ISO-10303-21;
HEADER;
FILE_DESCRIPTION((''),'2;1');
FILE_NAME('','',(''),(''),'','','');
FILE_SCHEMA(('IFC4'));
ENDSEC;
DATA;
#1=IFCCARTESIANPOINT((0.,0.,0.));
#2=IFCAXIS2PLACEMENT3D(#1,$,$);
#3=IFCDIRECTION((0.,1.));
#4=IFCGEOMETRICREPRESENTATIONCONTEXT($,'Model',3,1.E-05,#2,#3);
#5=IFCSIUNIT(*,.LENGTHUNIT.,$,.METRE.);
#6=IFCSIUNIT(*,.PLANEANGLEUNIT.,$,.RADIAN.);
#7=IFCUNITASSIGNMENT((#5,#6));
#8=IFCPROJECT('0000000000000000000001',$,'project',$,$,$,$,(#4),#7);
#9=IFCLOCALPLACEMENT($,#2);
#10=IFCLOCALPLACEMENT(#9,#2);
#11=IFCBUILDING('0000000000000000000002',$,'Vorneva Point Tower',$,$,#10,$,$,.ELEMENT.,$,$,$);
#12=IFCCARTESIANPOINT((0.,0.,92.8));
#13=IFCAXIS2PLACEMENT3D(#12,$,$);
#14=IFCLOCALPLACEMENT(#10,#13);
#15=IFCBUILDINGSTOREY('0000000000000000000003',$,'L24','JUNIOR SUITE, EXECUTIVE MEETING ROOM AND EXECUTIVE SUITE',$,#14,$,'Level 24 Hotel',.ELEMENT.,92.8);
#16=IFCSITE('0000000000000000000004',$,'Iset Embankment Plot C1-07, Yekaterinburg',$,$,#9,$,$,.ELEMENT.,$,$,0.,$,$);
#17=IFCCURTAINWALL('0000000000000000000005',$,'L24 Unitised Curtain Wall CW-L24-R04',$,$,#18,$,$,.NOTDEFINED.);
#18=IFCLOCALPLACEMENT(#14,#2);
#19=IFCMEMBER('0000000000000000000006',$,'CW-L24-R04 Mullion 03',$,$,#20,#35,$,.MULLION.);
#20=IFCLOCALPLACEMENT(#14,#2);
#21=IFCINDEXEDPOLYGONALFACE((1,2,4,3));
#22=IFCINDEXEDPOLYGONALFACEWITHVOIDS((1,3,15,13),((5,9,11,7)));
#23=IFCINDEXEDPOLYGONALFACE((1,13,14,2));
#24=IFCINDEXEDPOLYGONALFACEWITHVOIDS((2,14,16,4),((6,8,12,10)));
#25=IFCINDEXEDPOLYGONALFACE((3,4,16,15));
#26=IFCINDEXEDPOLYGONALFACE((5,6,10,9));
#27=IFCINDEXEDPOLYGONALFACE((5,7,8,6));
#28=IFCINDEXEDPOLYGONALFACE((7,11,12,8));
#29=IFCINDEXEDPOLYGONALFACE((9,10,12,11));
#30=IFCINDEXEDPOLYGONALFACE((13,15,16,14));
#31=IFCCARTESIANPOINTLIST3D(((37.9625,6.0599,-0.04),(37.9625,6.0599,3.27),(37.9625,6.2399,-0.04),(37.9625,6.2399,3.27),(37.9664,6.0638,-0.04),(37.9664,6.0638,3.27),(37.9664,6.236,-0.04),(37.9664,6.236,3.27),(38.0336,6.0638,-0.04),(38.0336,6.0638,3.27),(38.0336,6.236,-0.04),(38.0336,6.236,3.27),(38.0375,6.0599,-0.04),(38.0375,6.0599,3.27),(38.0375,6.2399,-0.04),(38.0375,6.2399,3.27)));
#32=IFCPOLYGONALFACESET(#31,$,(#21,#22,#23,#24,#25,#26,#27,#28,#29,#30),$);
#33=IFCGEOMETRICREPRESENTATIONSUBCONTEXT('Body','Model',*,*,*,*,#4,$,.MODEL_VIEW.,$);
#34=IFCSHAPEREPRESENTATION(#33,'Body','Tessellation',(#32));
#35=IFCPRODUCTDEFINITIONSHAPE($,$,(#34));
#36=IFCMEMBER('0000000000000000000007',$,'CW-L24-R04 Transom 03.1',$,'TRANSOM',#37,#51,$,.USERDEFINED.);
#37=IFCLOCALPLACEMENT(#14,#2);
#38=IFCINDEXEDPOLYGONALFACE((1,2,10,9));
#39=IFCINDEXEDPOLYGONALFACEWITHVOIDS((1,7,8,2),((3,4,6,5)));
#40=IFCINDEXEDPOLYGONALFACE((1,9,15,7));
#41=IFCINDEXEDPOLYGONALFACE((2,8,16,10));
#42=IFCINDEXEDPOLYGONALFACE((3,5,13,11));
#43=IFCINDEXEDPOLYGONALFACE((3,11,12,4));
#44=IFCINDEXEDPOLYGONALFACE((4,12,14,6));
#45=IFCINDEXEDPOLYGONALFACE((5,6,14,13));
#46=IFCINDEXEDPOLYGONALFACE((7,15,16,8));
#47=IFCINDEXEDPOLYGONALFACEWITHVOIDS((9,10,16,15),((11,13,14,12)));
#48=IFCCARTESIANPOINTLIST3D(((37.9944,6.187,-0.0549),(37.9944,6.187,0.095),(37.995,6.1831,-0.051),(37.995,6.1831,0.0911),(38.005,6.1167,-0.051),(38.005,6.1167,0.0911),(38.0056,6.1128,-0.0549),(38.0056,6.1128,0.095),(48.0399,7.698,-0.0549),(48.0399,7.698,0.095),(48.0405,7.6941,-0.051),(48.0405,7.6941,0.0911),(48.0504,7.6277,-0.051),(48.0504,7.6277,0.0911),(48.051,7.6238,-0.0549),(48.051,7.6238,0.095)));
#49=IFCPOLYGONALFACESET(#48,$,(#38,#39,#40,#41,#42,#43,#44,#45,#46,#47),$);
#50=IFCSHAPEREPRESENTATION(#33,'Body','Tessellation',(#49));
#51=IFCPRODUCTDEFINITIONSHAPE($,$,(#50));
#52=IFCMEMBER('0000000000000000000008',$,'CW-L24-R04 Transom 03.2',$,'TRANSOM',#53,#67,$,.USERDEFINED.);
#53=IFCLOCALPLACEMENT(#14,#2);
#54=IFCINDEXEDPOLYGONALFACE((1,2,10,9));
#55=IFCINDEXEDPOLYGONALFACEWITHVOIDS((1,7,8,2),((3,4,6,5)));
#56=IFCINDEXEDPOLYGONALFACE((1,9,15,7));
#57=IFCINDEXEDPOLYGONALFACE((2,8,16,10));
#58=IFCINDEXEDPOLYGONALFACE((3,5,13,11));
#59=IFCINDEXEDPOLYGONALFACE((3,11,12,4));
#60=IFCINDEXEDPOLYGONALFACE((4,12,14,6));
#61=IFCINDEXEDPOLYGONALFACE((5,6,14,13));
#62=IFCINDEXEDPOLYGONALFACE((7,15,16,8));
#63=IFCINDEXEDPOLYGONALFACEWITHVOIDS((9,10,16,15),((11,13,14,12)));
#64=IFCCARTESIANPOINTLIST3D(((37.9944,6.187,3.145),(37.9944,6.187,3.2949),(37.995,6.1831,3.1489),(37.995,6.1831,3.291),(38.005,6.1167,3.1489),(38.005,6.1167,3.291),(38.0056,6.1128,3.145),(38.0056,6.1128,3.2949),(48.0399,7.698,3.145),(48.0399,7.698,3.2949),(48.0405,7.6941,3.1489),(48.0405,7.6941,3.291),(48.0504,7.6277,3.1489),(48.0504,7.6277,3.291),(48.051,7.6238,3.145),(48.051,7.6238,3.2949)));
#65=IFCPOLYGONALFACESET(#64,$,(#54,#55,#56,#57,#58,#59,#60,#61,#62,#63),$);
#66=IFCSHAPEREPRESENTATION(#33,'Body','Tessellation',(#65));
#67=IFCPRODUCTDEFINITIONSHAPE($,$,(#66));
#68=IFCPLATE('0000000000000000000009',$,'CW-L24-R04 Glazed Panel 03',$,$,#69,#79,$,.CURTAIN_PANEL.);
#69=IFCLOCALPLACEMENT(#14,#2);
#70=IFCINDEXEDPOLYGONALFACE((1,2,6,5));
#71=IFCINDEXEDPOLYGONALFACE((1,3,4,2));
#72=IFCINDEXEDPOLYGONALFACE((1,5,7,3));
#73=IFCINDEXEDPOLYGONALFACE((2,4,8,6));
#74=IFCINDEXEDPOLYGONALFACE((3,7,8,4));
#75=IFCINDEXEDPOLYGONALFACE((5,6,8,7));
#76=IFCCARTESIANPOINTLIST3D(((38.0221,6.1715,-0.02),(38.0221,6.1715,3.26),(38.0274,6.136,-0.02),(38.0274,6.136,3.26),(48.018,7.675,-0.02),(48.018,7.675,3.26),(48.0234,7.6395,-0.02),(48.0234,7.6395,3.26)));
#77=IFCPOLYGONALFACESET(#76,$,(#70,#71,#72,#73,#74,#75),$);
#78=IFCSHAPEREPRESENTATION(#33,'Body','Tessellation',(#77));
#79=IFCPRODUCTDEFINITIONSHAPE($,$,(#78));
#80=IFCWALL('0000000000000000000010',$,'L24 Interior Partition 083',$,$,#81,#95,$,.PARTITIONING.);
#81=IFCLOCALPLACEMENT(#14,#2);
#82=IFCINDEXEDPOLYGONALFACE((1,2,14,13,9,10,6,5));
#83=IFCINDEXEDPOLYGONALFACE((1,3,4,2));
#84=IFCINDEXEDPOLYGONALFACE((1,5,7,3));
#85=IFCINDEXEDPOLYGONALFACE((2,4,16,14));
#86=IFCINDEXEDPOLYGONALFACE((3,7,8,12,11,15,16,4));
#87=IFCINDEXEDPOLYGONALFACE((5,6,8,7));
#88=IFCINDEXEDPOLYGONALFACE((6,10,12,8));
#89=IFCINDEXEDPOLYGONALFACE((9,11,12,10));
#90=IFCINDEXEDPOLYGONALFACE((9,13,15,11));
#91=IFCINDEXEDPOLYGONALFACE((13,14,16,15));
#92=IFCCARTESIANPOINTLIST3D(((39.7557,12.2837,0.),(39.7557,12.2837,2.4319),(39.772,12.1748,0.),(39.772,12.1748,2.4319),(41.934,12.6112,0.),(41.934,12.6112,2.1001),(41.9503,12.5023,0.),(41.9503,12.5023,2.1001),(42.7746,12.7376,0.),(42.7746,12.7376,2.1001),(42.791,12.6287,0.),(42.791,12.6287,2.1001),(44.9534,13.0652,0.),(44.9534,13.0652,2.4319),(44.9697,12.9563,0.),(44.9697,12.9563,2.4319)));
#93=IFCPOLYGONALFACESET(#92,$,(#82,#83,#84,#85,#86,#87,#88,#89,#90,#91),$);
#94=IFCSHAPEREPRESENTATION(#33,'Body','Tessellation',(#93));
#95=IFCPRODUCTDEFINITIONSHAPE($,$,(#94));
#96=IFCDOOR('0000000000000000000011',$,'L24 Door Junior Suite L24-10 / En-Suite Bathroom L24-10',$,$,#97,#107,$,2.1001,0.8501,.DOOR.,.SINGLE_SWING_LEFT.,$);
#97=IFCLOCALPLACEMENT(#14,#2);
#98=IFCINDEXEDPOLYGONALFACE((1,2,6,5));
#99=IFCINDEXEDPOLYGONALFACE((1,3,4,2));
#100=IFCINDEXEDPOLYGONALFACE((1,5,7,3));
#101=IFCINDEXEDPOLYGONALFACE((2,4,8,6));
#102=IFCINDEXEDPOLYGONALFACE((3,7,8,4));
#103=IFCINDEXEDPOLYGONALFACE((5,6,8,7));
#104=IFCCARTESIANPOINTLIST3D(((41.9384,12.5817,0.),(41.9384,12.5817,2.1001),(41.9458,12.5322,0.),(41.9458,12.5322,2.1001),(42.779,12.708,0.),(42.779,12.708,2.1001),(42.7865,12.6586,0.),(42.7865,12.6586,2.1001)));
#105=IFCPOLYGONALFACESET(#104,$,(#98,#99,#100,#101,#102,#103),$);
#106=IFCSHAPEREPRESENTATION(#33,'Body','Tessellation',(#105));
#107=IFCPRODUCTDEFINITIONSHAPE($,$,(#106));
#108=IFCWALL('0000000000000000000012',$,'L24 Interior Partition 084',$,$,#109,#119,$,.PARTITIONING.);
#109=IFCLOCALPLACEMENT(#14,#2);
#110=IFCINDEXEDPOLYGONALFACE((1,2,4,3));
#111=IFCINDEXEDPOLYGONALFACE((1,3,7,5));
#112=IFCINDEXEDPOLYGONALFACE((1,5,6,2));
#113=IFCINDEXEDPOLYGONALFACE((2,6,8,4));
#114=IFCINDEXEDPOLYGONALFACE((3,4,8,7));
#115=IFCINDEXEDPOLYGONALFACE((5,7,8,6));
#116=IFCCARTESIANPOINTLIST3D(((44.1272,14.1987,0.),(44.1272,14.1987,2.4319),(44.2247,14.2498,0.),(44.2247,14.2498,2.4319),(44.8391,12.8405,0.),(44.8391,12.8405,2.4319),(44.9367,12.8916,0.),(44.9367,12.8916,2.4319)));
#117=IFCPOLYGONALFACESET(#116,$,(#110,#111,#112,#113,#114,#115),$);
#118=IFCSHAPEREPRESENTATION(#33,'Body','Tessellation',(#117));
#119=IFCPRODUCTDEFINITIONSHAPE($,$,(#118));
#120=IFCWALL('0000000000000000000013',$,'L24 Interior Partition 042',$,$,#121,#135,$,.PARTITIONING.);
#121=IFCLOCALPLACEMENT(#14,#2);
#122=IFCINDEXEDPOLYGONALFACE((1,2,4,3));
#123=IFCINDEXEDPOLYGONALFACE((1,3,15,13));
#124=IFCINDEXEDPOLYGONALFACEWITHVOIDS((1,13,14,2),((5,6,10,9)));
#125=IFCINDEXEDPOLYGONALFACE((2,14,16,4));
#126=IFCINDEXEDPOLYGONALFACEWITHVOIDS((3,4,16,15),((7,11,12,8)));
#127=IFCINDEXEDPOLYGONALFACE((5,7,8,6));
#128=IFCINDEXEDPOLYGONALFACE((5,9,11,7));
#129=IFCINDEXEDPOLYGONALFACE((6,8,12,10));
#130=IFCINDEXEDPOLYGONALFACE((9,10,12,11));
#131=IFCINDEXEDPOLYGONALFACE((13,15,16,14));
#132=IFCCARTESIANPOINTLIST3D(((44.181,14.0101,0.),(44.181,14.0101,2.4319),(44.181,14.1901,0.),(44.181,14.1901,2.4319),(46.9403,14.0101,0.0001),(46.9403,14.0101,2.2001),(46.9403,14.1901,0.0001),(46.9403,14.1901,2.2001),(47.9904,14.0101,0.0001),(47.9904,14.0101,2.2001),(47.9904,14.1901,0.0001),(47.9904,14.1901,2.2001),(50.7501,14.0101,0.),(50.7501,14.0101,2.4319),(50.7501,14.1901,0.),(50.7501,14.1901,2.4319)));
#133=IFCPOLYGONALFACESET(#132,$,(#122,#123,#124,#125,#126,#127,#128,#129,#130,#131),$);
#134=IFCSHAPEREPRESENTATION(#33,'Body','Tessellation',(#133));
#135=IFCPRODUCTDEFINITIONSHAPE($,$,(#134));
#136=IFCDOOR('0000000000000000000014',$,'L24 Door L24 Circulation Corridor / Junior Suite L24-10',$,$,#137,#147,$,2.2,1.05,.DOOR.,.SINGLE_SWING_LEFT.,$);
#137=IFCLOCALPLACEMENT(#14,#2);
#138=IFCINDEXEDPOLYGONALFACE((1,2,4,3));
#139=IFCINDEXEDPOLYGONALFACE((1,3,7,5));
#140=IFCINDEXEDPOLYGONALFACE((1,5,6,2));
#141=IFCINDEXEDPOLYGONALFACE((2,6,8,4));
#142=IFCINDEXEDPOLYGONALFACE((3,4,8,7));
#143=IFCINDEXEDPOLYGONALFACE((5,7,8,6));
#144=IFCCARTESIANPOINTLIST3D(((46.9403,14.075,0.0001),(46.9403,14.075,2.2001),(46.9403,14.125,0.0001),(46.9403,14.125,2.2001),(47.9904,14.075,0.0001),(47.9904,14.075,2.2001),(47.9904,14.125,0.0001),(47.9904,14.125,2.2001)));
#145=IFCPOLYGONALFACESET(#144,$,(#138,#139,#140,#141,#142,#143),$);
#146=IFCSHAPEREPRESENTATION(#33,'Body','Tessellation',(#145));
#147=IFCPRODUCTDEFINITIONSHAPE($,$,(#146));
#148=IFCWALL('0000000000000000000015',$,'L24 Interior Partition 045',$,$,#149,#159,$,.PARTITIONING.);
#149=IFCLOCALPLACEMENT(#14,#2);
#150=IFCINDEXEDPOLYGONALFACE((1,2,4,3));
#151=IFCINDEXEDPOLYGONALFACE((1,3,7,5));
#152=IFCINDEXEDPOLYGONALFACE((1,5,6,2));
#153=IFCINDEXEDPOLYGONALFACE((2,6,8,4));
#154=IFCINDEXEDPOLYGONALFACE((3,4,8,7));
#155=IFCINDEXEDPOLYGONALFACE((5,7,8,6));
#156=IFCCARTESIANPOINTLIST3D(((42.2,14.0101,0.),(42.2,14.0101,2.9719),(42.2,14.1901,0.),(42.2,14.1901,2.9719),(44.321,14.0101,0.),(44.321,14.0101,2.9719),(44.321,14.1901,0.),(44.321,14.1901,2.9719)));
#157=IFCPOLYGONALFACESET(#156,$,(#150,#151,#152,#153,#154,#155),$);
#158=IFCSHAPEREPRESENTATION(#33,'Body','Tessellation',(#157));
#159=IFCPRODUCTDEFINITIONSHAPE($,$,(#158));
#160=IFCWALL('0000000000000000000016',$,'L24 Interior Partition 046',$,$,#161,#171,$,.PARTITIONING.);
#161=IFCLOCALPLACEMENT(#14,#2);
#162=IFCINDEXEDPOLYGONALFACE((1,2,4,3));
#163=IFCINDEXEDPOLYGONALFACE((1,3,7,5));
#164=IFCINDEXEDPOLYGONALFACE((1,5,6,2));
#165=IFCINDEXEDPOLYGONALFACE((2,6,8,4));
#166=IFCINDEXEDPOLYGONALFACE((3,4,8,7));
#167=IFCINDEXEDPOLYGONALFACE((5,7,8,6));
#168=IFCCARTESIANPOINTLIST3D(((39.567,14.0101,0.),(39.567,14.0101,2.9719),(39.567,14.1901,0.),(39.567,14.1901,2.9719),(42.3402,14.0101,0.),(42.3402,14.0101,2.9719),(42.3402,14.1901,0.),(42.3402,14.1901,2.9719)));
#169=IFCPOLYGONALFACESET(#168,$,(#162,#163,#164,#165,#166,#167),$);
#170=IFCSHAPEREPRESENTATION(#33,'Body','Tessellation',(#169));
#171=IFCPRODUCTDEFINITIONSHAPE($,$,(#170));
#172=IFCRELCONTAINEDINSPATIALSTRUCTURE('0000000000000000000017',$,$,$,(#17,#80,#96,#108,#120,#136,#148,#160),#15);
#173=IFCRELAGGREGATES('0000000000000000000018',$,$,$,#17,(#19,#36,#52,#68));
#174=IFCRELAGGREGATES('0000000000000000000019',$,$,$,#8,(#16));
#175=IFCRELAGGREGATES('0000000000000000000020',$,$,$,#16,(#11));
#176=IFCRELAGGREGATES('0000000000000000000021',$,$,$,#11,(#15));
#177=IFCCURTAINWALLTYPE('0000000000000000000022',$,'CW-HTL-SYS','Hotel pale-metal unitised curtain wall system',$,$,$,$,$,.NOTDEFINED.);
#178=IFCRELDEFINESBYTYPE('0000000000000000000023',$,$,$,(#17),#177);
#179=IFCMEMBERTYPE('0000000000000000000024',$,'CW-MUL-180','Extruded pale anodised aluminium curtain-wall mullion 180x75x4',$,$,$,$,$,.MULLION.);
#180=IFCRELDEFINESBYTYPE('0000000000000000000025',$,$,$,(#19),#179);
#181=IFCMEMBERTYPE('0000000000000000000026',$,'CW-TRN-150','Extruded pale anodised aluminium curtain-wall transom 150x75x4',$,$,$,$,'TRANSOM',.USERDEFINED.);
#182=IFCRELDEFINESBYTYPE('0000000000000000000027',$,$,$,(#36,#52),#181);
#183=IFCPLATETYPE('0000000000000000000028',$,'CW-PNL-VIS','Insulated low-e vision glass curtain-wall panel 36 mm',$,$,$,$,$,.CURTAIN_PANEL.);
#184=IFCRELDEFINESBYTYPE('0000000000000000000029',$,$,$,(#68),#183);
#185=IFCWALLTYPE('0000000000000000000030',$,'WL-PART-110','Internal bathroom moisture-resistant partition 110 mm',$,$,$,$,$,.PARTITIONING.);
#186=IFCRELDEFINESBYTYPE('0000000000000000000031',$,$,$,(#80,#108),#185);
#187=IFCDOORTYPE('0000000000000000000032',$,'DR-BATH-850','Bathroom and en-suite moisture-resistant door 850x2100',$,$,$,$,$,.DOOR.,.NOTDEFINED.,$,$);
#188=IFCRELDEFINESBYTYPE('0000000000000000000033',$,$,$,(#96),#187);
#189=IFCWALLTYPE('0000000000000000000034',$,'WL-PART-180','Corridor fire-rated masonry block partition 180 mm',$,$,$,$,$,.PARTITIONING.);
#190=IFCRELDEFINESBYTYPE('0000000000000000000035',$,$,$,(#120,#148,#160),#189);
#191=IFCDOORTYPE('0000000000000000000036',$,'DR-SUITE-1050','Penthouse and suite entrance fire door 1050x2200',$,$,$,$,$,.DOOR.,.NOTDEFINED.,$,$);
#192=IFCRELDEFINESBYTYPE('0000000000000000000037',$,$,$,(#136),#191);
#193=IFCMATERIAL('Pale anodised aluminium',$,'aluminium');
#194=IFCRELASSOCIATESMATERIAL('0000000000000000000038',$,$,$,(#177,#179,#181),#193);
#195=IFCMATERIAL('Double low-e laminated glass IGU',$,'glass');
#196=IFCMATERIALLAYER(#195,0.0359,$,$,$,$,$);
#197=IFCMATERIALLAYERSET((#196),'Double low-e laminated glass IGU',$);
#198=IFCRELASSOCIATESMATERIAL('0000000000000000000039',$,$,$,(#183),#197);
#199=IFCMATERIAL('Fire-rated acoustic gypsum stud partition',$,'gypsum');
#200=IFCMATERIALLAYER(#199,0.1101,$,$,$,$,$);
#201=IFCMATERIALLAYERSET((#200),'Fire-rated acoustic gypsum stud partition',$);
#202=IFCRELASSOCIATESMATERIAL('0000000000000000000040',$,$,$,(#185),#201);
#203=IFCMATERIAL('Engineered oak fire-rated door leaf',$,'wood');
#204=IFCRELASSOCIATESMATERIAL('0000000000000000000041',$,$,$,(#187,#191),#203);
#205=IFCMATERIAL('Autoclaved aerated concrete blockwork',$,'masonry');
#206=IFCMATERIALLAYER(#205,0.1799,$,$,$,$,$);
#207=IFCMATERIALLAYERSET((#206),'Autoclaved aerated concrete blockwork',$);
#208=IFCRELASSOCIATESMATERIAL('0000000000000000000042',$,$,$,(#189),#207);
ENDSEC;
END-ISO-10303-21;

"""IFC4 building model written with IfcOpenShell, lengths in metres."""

from ifc_helpers import new_model, si_unit, direction, frame, frame_2d, origin, origin_2d, place, context, subcontext, project, spatial, rectangle, hollow_rectangle, extrude, material, layer, layer_set, material_profile, profile_set, type_object, element, fill, aggregate, save


model = new_model("IFC4")

# Units and contexts
model_context = context("Model", 3, precision=1e-05, world=origin(), true_north=direction((0.0, 1.0)))
body_context = subcontext(model_context, "Body", "Model", "MODEL_VIEW")
ifc_project = project(units=[si_unit("LENGTHUNIT", "METRE"), si_unit("PLANEANGLEUNIT", "RADIAN")], contexts=[model_context])

# Site, building, storey
site_placement = place(None, origin())
site = spatial("IfcSite", under=ifc_project, at=site_placement, Name="Iset Embankment Plot C1-07, Yekaterinburg", CompositionType="ELEMENT", RefElevation=0.0)
building_placement = place(site_placement, origin())
building = spatial("IfcBuilding", under=site, at=building_placement, Name="Vorneva Point Tower", CompositionType="ELEMENT")
storey_placement = place(building_placement, frame((0.0, 0.0, 92.8)))
storey = spatial("IfcBuildingStorey", under=building, at=storey_placement, Name="L24", Description="JUNIOR SUITE, EXECUTIVE MEETING ROOM AND EXECUTIVE SUITE", LongName="Level 24 Hotel", CompositionType="ELEMENT", Elevation=92.8)

# Curtain wall, members, plate
ifc_material_1 = material(Name="Pale anodised aluminium", Category="aluminium")
curtain_wall_type = type_object("IfcCurtainWallType", Name="CW-HTL-SYS", Description="Hotel pale-metal unitised curtain wall system", PredefinedType="NOTDEFINED", material=ifc_material_1)
curtain_wall_placement = place(storey_placement, origin())
curtain_wall = element("IfcCurtainWall", 1, at=curtain_wall_placement, inside=storey, type_object=curtain_wall_type, Name="L24 Unitised Curtain Wall CW-L24-R04", PredefinedType="NOTDEFINED")
ifc_material_profile_1 = material_profile(ifc_material_1, hollow_rectangle(XDim=0.075, YDim=0.1799, WallThickness=0.0039, at=origin_2d()), Name="AL-MUL 180x75x4")
ifc_profile_set_1 = profile_set([ifc_material_profile_1], Name="Pale anodised aluminium")
member_type_1 = type_object("IfcMemberType", Name="CW-MUL-180", Description="Extruded pale anodised aluminium curtain-wall mullion 180x75x4", PredefinedType="MULLION", material=ifc_profile_set_1)
member_1_placement = place(storey_placement, frame((38.0, 6.1499, -0.04), z_axis=(0.0, 0.0, 1.0), x_axis=(1.0, 0.0, 0.0)))
member_1 = element("IfcMember", 2, at=member_1_placement, type_object=member_type_1, Name="CW-L24-R04 Mullion 03", PredefinedType="MULLION", context=body_context, shape_type="SweptSolid", body=[
    extrude(hollow_rectangle(XDim=0.075, YDim=0.1799, WallThickness=0.0039, at=origin_2d()), origin(), (0.0, 0.0, 1.0), 3.3101),
])
ifc_material_profile_2 = material_profile(ifc_material_1, hollow_rectangle(XDim=0.075, YDim=0.1499, WallThickness=0.0039, at=origin_2d()), Name="AL-TRN 150x75x4")
ifc_profile_set_2 = profile_set([ifc_material_profile_2], Name="Pale anodised aluminium")
member_type_2 = type_object("IfcMemberType", Name="CW-TRN-150", Description="Extruded pale anodised aluminium curtain-wall transom 150x75x4", ElementType="TRANSOM", PredefinedType="USERDEFINED", material=ifc_profile_set_2)
member_2_placement = place(storey_placement, frame((38.0, 6.1499, 0.02), z_axis=(0.988876, 0.148742, 0.0), x_axis=(-0.148742, 0.988876, 0.0)))
member_2 = element("IfcMember", 3, at=member_2_placement, type_object=member_type_2, Name="CW-L24-R04 Transom 03.1", ObjectType="TRANSOM", PredefinedType="USERDEFINED", context=body_context, shape_type="SweptSolid", body=[
    extrude(hollow_rectangle(XDim=0.075, YDim=0.1499, WallThickness=0.0039, at=origin_2d()), origin(), (0.0, 0.0, 1.0), 10.1584),
])
member_3_placement = place(storey_placement, frame((38.0, 6.1499, 3.22), z_axis=(0.988876, 0.148742, 0.0), x_axis=(-0.148742, 0.988876, 0.0)))
member_3 = element("IfcMember", 4, at=member_3_placement, type_object=member_type_2, Name="CW-L24-R04 Transom 03.2", ObjectType="TRANSOM", PredefinedType="USERDEFINED", context=body_context, shape_type="SweptSolid", body=[
    extrude(hollow_rectangle(XDim=0.075, YDim=0.1499, WallThickness=0.0039, at=origin_2d()), origin(), (0.0, 0.0, 1.0), 10.1584),
])
ifc_material_2 = material(Name="Double low-e laminated glass IGU", Category="glass")
ifc_layer_1 = layer(ifc_material_2, 0.0359)
ifc_layer_set_1 = layer_set([ifc_layer_1], Name="Double low-e laminated glass IGU")
plate_type = type_object("IfcPlateType", Name="CW-PNL-VIS", Description="Insulated low-e vision glass curtain-wall panel 36 mm", PredefinedType="CURTAIN_PANEL", material=ifc_layer_set_1)
plate_placement = place(storey_placement, frame((43.0227, 6.9055, -0.02), z_axis=(0.0, 0.0, 1.0), x_axis=(0.988876, 0.148741, 0.0)))
plate = element("IfcPlate", 5, at=plate_placement, type_object=plate_type, Name="CW-L24-R04 Glazed Panel 03", PredefinedType="CURTAIN_PANEL", context=body_context, shape_type="SweptSolid", body=[
    extrude(rectangle(XDim=10.1084, YDim=0.0359, at=origin_2d()), origin(), (0.0, 0.0, 1.0), 3.28),
])
aggregate(curtain_wall, [member_1, member_2, member_3, plate])

# Wall, opening, door
ifc_material_3 = material(Name="Fire-rated acoustic gypsum stud partition", Category="gypsum")
ifc_layer_2 = layer(ifc_material_3, 0.1101)
ifc_layer_set_2 = layer_set([ifc_layer_2], Name="Fire-rated acoustic gypsum stud partition")
wall_type_1 = type_object("IfcWallType", Name="WL-PART-110", Description="Internal bathroom moisture-resistant partition 110 mm", PredefinedType="PARTITIONING", material=ifc_layer_set_2)
wall_1_placement = place(storey_placement, frame((44.9614, 13.0107, 0.0), z_axis=(0.0, 0.0, 1.0), x_axis=(-0.988885, -0.148681, 0.0)))
wall_1 = element("IfcWall", 6, at=wall_1_placement, inside=storey, type_object=wall_type_1, Name="L24 Interior Partition 083", PredefinedType="PARTITIONING", context=body_context, shape_type="SweptSolid", body=[
    extrude(rectangle(XDim=5.2561, YDim=0.1101, at=frame_2d((2.6279, 0.0))), origin(), (0.0, 0.0, 1.0), 2.4319),
])
opening_1_placement = place(wall_1_placement, frame((2.2031, 0.0, 0.0)))
opening_1 = element("IfcOpeningElement", 7, at=opening_1_placement, cuts=wall_1, PredefinedType="OPENING", context=body_context, shape_type="SweptSolid", body=[
    extrude(rectangle(XDim=0.8501, YDim=2.1001, at=frame_2d((0.425, 1.05))), frame((0.0, 0.0698, 0.0), z_axis=(0.0, -1.0, 0.0), x_axis=(1.0, 0.0, 0.0)), (0.0, 0.0, 1.0), 0.1399),
])
ifc_material_4 = material(Name="Engineered oak fire-rated door leaf", Category="wood")
door_type_1 = type_object("IfcDoorType", Name="DR-BATH-850", Description="Bathroom and en-suite moisture-resistant door 850x2100", OperationType="NOTDEFINED", PredefinedType="DOOR", material=ifc_material_4)
door_1_placement = place(opening_1_placement, origin())
door_1 = element("IfcDoor", 8, at=door_1_placement, inside=storey, type_object=door_type_1, Name="L24 Door Junior Suite L24-10 / En-Suite Bathroom L24-10", OperationType="SINGLE_SWING_LEFT", OverallHeight=2.1001, OverallWidth=0.8501, PredefinedType="DOOR", context=body_context, shape_type="SweptSolid", body=[
    extrude(rectangle(XDim=0.8501, YDim=2.1001, at=frame_2d((0.425, 1.05))), frame((0.0, 0.0249, 0.0), z_axis=(0.0, -1.0, 0.0), x_axis=(1.0, 0.0, 0.0)), (0.0, 0.0, 1.0), 0.05),
])
fill(opening_1, door_1)

# Wall
wall_2_placement = place(storey_placement, frame((44.176, 14.2241, 0.0), z_axis=(0.0, 0.0, 1.0), x_axis=(0.464263, -0.885697, 0.0)))
element("IfcWall", 9, at=wall_2_placement, inside=storey, type_object=wall_type_1, Name="L24 Interior Partition 084", PredefinedType="PARTITIONING", context=body_context, shape_type="SweptSolid", body=[
    extrude(rectangle(XDim=1.5334, YDim=0.1101, at=frame_2d((0.7666, 0.0))), origin(), (0.0, 0.0, 1.0), 2.4319),
])

# Wall, opening, door
ifc_material_5 = material(Name="Autoclaved aerated concrete blockwork", Category="masonry")
ifc_layer_3 = layer(ifc_material_5, 0.1799)
ifc_layer_set_3 = layer_set([ifc_layer_3], Name="Autoclaved aerated concrete blockwork")
wall_type_2 = type_object("IfcWallType", Name="WL-PART-180", Description="Corridor fire-rated masonry block partition 180 mm", PredefinedType="PARTITIONING", material=ifc_layer_set_3)
wall_3_placement = place(storey_placement, frame((44.1809, 14.1001, 0.0), z_axis=(0.0, 0.0, 1.0), x_axis=(1.0, 0.0, 0.0)))
wall_3 = element("IfcWall", 10, at=wall_3_placement, inside=storey, type_object=wall_type_2, Name="L24 Interior Partition 042", PredefinedType="PARTITIONING", context=body_context, shape_type="SweptSolid", body=[
    extrude(rectangle(XDim=6.5691, YDim=0.1799, at=frame_2d((3.2847, 0.0))), origin(), (0.0, 0.0, 1.0), 2.4319),
])
opening_2_placement = place(wall_3_placement, frame((2.7595, 0.0, 0.0)))
opening_2 = element("IfcOpeningElement", 11, at=opening_2_placement, cuts=wall_3, PredefinedType="OPENING", context=body_context, shape_type="SweptSolid", body=[
    extrude(rectangle(XDim=1.05, YDim=2.2, at=frame_2d((0.5249, 1.1001))), frame((0.0, 0.105, 0.0), z_axis=(0.0, -1.0, 0.0), x_axis=(1.0, 0.0, 0.0)), (0.0, 0.0, 1.0), 0.2097),
])
door_type_2 = type_object("IfcDoorType", Name="DR-SUITE-1050", Description="Penthouse and suite entrance fire door 1050x2200", OperationType="NOTDEFINED", PredefinedType="DOOR", material=ifc_material_4)
door_2_placement = place(opening_2_placement, origin())
door_2 = element("IfcDoor", 12, at=door_2_placement, inside=storey, type_object=door_type_2, Name="L24 Door L24 Circulation Corridor / Junior Suite L24-10", OperationType="SINGLE_SWING_LEFT", OverallHeight=2.2, OverallWidth=1.05, PredefinedType="DOOR", context=body_context, shape_type="SweptSolid", body=[
    extrude(rectangle(XDim=1.05, YDim=2.2, at=frame_2d((0.5249, 1.1001))), frame((0.0, 0.0249, 0.0), z_axis=(0.0, -1.0, 0.0), x_axis=(1.0, 0.0, 0.0)), (0.0, 0.0, 1.0), 0.05),
])
fill(opening_2, door_2)

# Walls
wall_4_placement = place(storey_placement, frame((42.2, 14.1001, 0.0), z_axis=(0.0, 0.0, 1.0), x_axis=(1.0, 0.0, 0.0)))
element("IfcWall", 13, at=wall_4_placement, inside=storey, type_object=wall_type_2, Name="L24 Interior Partition 045", PredefinedType="PARTITIONING", context=body_context, shape_type="SweptSolid", body=[
    extrude(rectangle(XDim=2.1211, YDim=0.1799, at=frame_2d((1.0605, 0.0))), origin(), (0.0, 0.0, 1.0), 2.9719),
])
wall_5_placement = place(storey_placement, frame((39.5669, 14.1001, 0.0), z_axis=(0.0, 0.0, 1.0), x_axis=(1.0, 0.0, 0.0)))
element("IfcWall", 14, at=wall_5_placement, inside=storey, type_object=wall_type_2, Name="L24 Interior Partition 046", PredefinedType="PARTITIONING", context=body_context, shape_type="SweptSolid", body=[
    extrude(rectangle(XDim=2.7732, YDim=0.1799, at=frame_2d((1.3867, 0.0))), origin(), (0.0, 0.0, 1.0), 2.9719),
])

save(model, "model.ifc")
